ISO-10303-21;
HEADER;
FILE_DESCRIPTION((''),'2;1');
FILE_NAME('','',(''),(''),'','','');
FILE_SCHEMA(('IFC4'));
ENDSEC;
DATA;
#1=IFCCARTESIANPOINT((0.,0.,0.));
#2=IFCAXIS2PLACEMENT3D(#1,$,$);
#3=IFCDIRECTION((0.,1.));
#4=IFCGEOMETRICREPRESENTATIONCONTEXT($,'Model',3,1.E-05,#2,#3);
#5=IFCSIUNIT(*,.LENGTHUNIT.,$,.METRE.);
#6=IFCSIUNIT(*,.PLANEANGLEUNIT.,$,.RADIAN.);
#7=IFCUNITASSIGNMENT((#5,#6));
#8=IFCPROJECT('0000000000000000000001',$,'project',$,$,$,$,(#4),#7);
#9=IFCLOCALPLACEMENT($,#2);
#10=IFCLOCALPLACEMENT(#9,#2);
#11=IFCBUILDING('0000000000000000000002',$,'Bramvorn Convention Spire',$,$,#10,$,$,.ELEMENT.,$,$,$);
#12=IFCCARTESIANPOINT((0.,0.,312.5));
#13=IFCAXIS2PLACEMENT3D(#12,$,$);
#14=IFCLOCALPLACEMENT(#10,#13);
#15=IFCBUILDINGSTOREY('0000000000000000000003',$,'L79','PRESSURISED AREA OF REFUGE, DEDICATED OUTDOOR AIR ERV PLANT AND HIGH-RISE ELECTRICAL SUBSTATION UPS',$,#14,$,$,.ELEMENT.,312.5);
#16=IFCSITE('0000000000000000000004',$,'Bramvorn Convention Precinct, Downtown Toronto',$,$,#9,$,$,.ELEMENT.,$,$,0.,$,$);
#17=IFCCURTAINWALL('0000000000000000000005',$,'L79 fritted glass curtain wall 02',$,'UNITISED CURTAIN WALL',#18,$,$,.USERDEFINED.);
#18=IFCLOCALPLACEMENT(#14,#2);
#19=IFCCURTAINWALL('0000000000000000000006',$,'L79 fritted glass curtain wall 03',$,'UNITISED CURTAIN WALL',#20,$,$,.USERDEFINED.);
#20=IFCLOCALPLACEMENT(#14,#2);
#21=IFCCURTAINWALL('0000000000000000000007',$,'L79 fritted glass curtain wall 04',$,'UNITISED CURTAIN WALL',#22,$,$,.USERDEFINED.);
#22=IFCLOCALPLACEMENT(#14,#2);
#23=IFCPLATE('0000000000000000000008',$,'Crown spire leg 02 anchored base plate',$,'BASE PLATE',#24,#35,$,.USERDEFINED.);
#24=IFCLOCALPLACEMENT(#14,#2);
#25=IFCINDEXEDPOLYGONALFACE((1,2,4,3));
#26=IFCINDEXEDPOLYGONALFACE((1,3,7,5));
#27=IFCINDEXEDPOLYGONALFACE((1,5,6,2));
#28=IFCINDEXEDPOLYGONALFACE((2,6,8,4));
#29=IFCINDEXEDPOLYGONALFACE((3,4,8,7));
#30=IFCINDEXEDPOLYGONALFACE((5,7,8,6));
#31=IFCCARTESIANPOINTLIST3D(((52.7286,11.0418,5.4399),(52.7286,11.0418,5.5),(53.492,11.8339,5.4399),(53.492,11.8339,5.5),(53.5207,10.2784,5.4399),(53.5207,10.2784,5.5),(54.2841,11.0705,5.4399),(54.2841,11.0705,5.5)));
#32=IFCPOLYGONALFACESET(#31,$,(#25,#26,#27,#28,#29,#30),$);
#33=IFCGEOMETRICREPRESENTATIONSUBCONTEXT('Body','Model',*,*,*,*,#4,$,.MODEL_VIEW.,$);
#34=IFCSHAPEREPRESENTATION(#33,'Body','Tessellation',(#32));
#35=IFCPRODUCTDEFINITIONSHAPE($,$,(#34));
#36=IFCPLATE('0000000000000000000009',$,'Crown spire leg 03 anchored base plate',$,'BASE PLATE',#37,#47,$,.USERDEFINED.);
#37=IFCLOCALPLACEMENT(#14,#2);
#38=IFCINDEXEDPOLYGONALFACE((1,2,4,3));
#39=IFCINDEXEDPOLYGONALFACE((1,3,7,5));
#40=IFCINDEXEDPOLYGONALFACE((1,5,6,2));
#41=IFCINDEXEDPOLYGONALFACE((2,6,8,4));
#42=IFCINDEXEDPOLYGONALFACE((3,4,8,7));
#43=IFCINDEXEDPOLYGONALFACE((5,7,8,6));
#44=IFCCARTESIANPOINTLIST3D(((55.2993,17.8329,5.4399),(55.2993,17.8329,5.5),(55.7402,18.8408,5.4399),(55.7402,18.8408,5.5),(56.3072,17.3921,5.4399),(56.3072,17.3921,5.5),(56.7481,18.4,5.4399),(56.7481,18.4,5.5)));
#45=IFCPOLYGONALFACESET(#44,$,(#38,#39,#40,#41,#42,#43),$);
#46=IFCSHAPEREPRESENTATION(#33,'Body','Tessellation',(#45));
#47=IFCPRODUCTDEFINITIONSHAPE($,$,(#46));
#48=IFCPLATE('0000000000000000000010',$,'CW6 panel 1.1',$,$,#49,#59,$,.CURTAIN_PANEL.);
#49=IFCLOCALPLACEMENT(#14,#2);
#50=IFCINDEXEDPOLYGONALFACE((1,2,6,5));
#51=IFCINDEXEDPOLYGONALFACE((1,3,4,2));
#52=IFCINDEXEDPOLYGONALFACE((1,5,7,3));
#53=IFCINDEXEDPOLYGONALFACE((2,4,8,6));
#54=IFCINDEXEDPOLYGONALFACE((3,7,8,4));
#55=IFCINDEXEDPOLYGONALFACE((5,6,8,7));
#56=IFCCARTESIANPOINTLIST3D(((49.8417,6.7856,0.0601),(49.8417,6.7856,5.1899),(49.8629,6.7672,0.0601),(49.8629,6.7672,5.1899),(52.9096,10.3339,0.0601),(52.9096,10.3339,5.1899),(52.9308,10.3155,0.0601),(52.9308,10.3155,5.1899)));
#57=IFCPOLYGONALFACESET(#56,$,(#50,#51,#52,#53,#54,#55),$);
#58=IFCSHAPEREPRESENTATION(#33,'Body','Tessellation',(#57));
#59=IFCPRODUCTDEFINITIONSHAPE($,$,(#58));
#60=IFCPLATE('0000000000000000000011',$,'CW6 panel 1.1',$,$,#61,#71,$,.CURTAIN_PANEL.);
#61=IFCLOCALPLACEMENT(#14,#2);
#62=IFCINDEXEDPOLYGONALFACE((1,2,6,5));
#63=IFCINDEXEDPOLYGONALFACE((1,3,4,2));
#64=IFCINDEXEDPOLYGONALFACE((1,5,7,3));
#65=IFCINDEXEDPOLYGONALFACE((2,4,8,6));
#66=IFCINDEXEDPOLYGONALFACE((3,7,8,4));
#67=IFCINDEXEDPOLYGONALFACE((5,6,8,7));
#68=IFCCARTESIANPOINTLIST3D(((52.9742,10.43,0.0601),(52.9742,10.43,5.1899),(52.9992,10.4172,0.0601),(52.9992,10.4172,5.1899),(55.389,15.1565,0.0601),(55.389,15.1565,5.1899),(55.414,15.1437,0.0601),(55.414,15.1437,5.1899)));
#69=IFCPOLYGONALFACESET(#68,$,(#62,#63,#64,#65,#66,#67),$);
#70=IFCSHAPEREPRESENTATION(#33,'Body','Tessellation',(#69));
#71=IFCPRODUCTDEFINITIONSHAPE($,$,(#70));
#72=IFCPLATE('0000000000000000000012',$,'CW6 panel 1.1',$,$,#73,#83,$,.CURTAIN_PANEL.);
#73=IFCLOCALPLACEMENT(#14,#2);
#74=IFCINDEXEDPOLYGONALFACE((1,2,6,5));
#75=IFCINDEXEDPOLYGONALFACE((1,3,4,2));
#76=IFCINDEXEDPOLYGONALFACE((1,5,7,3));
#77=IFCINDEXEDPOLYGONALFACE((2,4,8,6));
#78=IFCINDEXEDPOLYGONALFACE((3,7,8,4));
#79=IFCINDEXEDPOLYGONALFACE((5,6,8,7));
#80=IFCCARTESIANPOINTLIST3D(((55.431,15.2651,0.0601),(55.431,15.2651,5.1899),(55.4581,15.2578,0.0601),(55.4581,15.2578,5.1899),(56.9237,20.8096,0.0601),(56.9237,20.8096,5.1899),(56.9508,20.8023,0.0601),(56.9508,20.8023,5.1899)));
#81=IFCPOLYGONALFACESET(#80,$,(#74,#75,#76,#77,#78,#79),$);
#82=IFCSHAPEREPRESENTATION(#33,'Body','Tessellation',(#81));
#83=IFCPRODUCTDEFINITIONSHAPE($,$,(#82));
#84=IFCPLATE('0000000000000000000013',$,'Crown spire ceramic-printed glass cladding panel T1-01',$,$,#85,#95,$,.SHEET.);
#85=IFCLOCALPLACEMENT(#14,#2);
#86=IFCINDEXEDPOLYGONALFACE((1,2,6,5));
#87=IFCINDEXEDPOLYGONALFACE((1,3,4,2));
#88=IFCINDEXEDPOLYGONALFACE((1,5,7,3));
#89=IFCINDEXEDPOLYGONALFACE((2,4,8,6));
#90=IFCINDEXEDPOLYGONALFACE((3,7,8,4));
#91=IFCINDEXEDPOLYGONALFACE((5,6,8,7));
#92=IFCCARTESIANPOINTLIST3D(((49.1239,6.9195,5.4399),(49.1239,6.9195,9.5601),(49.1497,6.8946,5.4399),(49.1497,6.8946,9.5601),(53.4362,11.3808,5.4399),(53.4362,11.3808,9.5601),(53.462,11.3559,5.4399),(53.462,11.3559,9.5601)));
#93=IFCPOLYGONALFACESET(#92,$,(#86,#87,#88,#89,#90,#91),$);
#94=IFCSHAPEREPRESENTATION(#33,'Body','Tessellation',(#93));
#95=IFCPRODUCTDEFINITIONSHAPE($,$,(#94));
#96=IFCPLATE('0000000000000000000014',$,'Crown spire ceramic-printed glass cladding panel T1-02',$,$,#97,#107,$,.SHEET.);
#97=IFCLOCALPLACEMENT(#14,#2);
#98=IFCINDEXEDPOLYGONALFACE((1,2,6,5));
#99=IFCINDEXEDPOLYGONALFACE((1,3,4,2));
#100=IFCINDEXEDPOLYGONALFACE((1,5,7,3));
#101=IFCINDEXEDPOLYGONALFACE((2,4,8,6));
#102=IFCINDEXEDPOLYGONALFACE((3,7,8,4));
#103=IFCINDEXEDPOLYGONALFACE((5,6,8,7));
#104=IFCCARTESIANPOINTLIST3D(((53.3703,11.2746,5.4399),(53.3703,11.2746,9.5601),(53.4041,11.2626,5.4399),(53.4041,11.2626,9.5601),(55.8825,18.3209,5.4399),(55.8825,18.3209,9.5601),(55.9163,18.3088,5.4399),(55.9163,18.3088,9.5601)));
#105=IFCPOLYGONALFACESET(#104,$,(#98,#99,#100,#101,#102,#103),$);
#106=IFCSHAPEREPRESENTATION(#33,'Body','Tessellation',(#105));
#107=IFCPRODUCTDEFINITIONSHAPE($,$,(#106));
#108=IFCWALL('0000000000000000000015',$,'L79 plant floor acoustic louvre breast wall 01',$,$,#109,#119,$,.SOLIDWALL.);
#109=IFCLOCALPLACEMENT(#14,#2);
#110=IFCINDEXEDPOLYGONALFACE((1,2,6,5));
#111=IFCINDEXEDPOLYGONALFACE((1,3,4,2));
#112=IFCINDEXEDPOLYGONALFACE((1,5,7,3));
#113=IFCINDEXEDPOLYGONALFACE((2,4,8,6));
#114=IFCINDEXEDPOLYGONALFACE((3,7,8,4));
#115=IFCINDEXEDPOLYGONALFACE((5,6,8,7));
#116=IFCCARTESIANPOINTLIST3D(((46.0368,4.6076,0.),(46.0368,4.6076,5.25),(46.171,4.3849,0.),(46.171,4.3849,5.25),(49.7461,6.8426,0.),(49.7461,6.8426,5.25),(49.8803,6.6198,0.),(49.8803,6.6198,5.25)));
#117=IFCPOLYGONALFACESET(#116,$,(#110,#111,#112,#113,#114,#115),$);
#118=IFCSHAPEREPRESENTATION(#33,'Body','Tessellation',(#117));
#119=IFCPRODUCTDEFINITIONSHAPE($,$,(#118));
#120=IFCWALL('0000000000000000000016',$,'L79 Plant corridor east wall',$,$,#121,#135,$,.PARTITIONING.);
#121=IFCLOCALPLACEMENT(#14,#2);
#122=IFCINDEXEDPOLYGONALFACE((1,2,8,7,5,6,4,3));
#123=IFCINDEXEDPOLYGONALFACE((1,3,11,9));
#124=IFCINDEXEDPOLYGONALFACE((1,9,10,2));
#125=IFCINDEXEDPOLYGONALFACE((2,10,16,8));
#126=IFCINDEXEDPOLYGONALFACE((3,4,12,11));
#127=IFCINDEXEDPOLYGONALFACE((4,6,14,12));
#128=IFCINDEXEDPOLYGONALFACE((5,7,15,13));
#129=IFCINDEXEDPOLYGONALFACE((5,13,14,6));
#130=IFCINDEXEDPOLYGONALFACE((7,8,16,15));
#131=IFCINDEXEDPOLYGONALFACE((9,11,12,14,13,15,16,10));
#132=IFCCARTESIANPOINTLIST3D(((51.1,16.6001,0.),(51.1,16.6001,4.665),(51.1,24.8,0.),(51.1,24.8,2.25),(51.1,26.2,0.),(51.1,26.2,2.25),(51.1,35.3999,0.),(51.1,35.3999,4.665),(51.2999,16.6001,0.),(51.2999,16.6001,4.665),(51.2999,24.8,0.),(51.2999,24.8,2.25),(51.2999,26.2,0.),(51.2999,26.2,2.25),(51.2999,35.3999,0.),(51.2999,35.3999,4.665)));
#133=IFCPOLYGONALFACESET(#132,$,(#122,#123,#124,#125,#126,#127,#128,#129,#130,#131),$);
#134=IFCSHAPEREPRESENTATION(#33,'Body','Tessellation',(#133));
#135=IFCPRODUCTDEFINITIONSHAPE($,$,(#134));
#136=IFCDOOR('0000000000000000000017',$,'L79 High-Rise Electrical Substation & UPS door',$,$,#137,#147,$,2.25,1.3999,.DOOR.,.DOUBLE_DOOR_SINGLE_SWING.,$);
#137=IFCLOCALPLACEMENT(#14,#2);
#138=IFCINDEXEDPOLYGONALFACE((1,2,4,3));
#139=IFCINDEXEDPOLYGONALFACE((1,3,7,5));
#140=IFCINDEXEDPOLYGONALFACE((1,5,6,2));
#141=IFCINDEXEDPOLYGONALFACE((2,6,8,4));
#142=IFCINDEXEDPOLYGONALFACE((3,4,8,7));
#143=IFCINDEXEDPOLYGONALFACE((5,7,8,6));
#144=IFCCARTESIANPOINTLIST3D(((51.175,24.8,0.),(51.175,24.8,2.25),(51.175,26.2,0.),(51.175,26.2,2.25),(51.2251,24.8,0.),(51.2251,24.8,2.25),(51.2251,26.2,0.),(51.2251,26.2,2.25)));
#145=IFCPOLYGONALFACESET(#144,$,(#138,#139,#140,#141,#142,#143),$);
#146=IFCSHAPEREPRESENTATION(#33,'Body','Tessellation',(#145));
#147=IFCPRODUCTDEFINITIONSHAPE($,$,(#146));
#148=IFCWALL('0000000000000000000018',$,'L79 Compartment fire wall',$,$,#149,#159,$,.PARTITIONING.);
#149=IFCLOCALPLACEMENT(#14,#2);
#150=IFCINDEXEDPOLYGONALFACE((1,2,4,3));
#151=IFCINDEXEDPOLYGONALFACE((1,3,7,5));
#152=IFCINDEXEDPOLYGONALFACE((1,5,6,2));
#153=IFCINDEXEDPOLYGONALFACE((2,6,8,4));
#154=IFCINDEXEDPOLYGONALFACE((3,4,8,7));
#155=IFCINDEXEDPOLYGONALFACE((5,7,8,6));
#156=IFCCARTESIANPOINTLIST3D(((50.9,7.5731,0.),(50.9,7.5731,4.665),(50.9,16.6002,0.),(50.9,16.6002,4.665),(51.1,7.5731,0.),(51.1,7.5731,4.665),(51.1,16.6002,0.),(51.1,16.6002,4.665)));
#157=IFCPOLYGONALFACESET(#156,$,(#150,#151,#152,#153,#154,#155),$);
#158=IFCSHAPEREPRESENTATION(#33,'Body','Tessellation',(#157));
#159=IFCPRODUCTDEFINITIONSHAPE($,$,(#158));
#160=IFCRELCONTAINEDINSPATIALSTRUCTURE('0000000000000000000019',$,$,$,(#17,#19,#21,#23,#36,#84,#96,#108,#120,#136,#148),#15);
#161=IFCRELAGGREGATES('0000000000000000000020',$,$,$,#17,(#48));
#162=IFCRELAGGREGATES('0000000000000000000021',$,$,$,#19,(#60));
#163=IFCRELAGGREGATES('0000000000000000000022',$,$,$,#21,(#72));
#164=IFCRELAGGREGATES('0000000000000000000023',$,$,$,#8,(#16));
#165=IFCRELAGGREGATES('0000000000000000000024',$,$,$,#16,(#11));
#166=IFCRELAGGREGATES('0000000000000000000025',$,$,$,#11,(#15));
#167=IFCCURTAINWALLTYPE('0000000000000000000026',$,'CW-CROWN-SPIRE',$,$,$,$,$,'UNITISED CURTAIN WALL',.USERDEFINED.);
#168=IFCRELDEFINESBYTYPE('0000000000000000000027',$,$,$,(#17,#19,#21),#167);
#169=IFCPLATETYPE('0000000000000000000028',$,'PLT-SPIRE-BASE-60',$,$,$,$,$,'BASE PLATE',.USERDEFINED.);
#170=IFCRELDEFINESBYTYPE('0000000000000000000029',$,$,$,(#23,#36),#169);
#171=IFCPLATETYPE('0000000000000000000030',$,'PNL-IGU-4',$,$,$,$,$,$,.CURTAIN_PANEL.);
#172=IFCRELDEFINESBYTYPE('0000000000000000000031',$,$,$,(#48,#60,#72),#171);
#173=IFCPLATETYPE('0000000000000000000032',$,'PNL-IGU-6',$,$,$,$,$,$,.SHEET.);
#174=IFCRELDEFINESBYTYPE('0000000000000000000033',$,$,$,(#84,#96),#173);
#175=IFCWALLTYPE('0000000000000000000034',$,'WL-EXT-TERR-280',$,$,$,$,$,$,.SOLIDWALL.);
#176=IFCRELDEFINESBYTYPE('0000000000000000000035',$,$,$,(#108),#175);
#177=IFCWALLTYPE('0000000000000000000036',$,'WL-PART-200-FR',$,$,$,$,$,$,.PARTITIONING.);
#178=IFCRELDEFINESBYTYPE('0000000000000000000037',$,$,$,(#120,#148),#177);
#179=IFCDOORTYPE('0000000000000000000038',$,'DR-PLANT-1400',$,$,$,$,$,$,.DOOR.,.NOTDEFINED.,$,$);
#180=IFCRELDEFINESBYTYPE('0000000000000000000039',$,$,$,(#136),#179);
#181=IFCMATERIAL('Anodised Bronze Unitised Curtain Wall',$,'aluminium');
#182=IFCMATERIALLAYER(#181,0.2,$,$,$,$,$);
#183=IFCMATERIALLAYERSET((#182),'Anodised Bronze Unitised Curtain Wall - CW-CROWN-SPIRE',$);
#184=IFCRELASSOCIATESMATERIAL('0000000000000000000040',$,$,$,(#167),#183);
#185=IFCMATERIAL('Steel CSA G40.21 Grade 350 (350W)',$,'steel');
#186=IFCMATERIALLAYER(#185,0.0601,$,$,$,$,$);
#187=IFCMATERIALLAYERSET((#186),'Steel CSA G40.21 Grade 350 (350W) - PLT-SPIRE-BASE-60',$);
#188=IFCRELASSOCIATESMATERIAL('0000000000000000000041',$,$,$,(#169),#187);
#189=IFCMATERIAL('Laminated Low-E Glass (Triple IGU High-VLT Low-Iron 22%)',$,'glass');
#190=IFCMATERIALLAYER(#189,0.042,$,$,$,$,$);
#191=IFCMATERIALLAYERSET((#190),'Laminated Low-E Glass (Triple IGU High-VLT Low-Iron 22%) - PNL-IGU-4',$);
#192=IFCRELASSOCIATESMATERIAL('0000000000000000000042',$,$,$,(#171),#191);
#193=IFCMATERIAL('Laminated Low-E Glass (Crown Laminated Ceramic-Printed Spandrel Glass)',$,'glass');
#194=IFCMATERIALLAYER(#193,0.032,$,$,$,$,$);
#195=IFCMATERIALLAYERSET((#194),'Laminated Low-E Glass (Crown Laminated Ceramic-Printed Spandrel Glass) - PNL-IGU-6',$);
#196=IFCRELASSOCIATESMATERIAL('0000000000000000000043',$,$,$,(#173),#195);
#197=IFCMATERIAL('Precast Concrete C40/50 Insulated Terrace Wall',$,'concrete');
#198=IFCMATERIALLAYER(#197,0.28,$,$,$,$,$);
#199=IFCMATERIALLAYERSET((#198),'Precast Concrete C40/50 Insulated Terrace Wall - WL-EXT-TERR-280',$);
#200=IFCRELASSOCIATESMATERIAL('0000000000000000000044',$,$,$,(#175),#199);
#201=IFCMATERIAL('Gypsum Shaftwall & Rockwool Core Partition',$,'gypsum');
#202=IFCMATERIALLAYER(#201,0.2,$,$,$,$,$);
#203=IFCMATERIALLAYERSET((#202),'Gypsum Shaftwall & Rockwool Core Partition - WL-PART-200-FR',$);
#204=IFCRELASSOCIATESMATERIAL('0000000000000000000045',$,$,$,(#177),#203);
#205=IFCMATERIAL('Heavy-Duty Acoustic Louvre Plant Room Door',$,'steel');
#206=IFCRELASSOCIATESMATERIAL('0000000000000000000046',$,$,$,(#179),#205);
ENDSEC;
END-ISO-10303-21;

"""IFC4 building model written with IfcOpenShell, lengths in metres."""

from ifc_helpers import new_model, si_unit, direction, frame, frame_2d, origin, origin_2d, place, context, subcontext, project, spatial, rectangle, extrude, material, layer, layer_set, type_object, element, fill, aggregate, save


model = new_model("IFC4")

# Units and contexts
model_context = context("Model", 3, precision=1e-05, world=origin(), true_north=direction((0.0, 1.0)))
body_context = subcontext(model_context, "Body", "Model", "MODEL_VIEW")
ifc_project = project(units=[si_unit("LENGTHUNIT", "METRE"), si_unit("PLANEANGLEUNIT", "RADIAN")], contexts=[model_context])

# Site, building, storey
site_placement = place(None, origin())
site = spatial("IfcSite", under=ifc_project, at=site_placement, Name="Bramvorn Convention Precinct, Downtown Toronto", CompositionType="ELEMENT", RefElevation=0.0)
building_placement = place(site_placement, origin())
building = spatial("IfcBuilding", under=site, at=building_placement, Name="Bramvorn Convention Spire", CompositionType="ELEMENT")
storey_placement = place(building_placement, frame((0.0, 0.0, 312.5)))
storey = spatial("IfcBuildingStorey", under=building, at=storey_placement, Name="L79", Description="PRESSURISED AREA OF REFUGE, DEDICATED OUTDOOR AIR ERV PLANT AND HIGH-RISE ELECTRICAL SUBSTATION UPS", CompositionType="ELEMENT", Elevation=312.5)

# Shared definitions
ifc_material_1 = material(Name="Steel CSA G40.21 Grade 350 (350W)", Category="steel")

# Curtain walls
ifc_material_2 = material(Name="Anodised Bronze Unitised Curtain Wall", Category="aluminium")
ifc_layer_1 = layer(ifc_material_2, 0.2)
ifc_layer_set_1 = layer_set([ifc_layer_1], Name="Anodised Bronze Unitised Curtain Wall - CW-CROWN-SPIRE")
curtain_wall_type = type_object("IfcCurtainWallType", Name="CW-CROWN-SPIRE", ElementType="UNITISED CURTAIN WALL", PredefinedType="USERDEFINED", material=ifc_layer_set_1)
curtain_wall_1_placement = place(storey_placement, origin())
curtain_wall_1 = element("IfcCurtainWall", 1, at=curtain_wall_1_placement, inside=storey, type_object=curtain_wall_type, Name="L79 fritted glass curtain wall 02", ObjectType="UNITISED CURTAIN WALL", PredefinedType="USERDEFINED")
curtain_wall_2_placement = place(storey_placement, origin())
curtain_wall_2 = element("IfcCurtainWall", 2, at=curtain_wall_2_placement, inside=storey, type_object=curtain_wall_type, Name="L79 fritted glass curtain wall 03", ObjectType="UNITISED CURTAIN WALL", PredefinedType="USERDEFINED")

# Curtain wall
curtain_wall_3_placement = place(storey_placement, origin())
curtain_wall_3 = element("IfcCurtainWall", 3, at=curtain_wall_3_placement, inside=storey, type_object=curtain_wall_type, Name="L79 fritted glass curtain wall 04", ObjectType="UNITISED CURTAIN WALL", PredefinedType="USERDEFINED")

# Plates
ifc_layer_2 = layer(ifc_material_1, 0.0601)
ifc_layer_set_2 = layer_set([ifc_layer_2], Name="Steel CSA G40.21 Grade 350 (350W) - PLT-SPIRE-BASE-60")
plate_type_1 = type_object("IfcPlateType", Name="PLT-SPIRE-BASE-60", ElementType="BASE PLATE", PredefinedType="USERDEFINED", material=ifc_layer_set_2)
for number, where, z_axis, x_axis, name in (
    (4, (53.5063, 11.0562, 5.4399), (0.0, 0.0, 1.0), (0.720048, -0.693924, 0.0), "Crown spire leg 02 anchored base plate"),
    (5, (56.0237, 18.1165, 5.4399), (0.0, 0.0, 1.0), (0.916192, -0.400739, 0.0), "Crown spire leg 03 anchored base plate"),
):
    element("IfcPlate", number, at=place(storey_placement, frame(where, z_axis=z_axis, x_axis=x_axis)), inside=storey, type_object=plate_type_1, Name=name, ObjectType="BASE PLATE", PredefinedType="USERDEFINED", context=body_context, shape_type="SweptSolid", body=[
        extrude(rectangle(XDim=1.1001, YDim=1.1001, at=origin_2d()), origin(), (0.0, 0.0, 1.0), 0.0601),
    ])

# Plates
ifc_material_3 = material(Name="Laminated Low-E Glass (Triple IGU High-VLT Low-Iron 22%)", Category="glass")
ifc_layer_3 = layer(ifc_material_3, 0.042)
ifc_layer_set_3 = layer_set([ifc_layer_3], Name="Laminated Low-E Glass (Triple IGU High-VLT Low-Iron 22%) - PNL-IGU-4")
plate_type_2 = type_object("IfcPlateType", Name="PNL-IGU-4", PredefinedType="CURTAIN_PANEL", material=ifc_layer_set_3)
plate_1_placement = place(storey_placement, frame((51.3862, 8.5505, 0.0601), z_axis=(0.0, 0.0, 1.0), x_axis=(-0.65404, -0.75646, 0.0)))
plate_1 = element("IfcPlate", 6, at=plate_1_placement, type_object=plate_type_2, Name="CW6 panel 1.1", PredefinedType="CURTAIN_PANEL", context=body_context, shape_type="SweptSolid", body=[
    extrude(rectangle(XDim=4.6907, YDim=0.0281, at=origin_2d()), origin(), (0.0, 0.0, 1.0), 5.1299),
])
aggregate(curtain_wall_1, [plate_1])
plate_2_placement = place(storey_placement, frame((54.1941, 12.7869, 0.0601), z_axis=(0.0, 0.0, 1.0), x_axis=(-0.454964, -0.89051, 0.0)))
plate_2 = element("IfcPlate", 7, at=plate_2_placement, type_object=plate_type_2, Name="CW6 panel 1.1", PredefinedType="CURTAIN_PANEL", context=body_context, shape_type="SweptSolid", body=[
    extrude(rectangle(XDim=5.3076, YDim=0.0281, at=origin_2d()), origin(), (0.0, 0.0, 1.0), 5.1299),
])
aggregate(curtain_wall_2, [plate_2])
plate_3_placement = place(storey_placement, frame((56.1909, 18.0337, 0.0601), z_axis=(0.0, 0.0, 1.0), x_axis=(-0.259965, -0.965618, 0.0)))
plate_3 = element("IfcPlate", 8, at=plate_3_placement, type_object=plate_type_2, Name="CW6 panel 1.1", PredefinedType="CURTAIN_PANEL", context=body_context, shape_type="SweptSolid", body=[
    extrude(rectangle(XDim=5.7419, YDim=0.0281, at=origin_2d()), origin(), (0.0, 0.0, 1.0), 5.1299),
])
aggregate(curtain_wall_3, [plate_3])

# Plates
ifc_material_4 = material(Name="Laminated Low-E Glass (Crown Laminated Ceramic-Printed Spandrel Glass)", Category="glass")
ifc_layer_4 = layer(ifc_material_4, 0.032)
ifc_layer_set_4 = layer_set([ifc_layer_4], Name="Laminated Low-E Glass (Crown Laminated Ceramic-Printed Spandrel Glass) - PNL-IGU-6")
plate_type_3 = type_object("IfcPlateType", Name="PNL-IGU-6", PredefinedType="SHEET", material=ifc_layer_set_4)
plate_4_placement = place(storey_placement, frame((51.293, 9.1377, 5.4399), z_axis=(0.0, 0.0, 1.0), x_axis=(0.694999, 0.71901, 0.0)))
element("IfcPlate", 9, at=plate_4_placement, inside=storey, type_object=plate_type_3, Name="Crown spire ceramic-printed glass cladding panel T1-01", PredefinedType="SHEET", context=body_context, shape_type="SweptSolid", body=[
    extrude(rectangle(XDim=6.2048, YDim=0.0359, at=origin_2d()), origin(), (0.0, 0.0, 1.0), 4.1201),
])
plate_5_placement = place(storey_placement, frame((54.6433, 14.7917, 5.4399), z_axis=(0.0, 0.0, 1.0), x_axis=(0.335831, 0.941922, 0.0)))
element("IfcPlate", 10, at=plate_5_placement, inside=storey, type_object=plate_type_3, Name="Crown spire ceramic-printed glass cladding panel T1-02", PredefinedType="SHEET", context=body_context, shape_type="SweptSolid", body=[
    extrude(rectangle(XDim=7.4807, YDim=0.0359, at=origin_2d()), origin(), (0.0, 0.0, 1.0), 4.1201),
])

# Wall
ifc_material_5 = material(Name="Precast Concrete C40/50 Insulated Terrace Wall", Category="concrete")
ifc_layer_5 = layer(ifc_material_5, 0.28)
ifc_layer_set_5 = layer_set([ifc_layer_5], Name="Precast Concrete C40/50 Insulated Terrace Wall - WL-EXT-TERR-280")
wall_type_1 = type_object("IfcWallType", Name="WL-EXT-TERR-280", PredefinedType="SOLIDWALL", material=ifc_layer_set_5)
wall_1_placement = place(storey_placement, frame((49.8132, 6.7312, 0.0), z_axis=(0.0, 0.0, 1.0), x_axis=(-0.856541, -0.516078, 0.0)))
element("IfcWall", 11, at=wall_1_placement, inside=storey, type_object=wall_type_1, Name="L79 plant floor acoustic louvre breast wall 01", PredefinedType="SOLIDWALL", context=body_context, shape_type="SweptSolid", body=[
    extrude(rectangle(XDim=4.3306, YDim=0.26, at=frame_2d((2.1653, 0.0))), origin(), (0.0, 0.0, 1.0), 5.25),
])

# Wall, opening, door
ifc_material_6 = material(Name="Gypsum Shaftwall & Rockwool Core Partition", Category="gypsum")
ifc_layer_6 = layer(ifc_material_6, 0.2)
ifc_layer_set_6 = layer_set([ifc_layer_6], Name="Gypsum Shaftwall & Rockwool Core Partition - WL-PART-200-FR")
wall_type_2 = type_object("IfcWallType", Name="WL-PART-200-FR", PredefinedType="PARTITIONING", material=ifc_layer_set_6)
wall_2_placement = place(storey_placement, frame((51.2, 16.6001, 0.0), z_axis=(0.0, 0.0, 1.0), x_axis=(0.0, 1.0, 0.0)))
wall_2 = element("IfcWall", 12, at=wall_2_placement, inside=storey, type_object=wall_type_2, Name="L79 Plant corridor east wall", PredefinedType="PARTITIONING", context=body_context, shape_type="SweptSolid", body=[
    extrude(rectangle(XDim=18.7998, YDim=0.2, at=frame_2d((9.3999, 0.0))), origin(), (0.0, 0.0, 1.0), 4.665),
])
opening_placement = place(wall_2_placement, frame((8.2, 0.0, 0.0)))
opening = element("IfcOpeningElement", 13, at=opening_placement, cuts=wall_2, PredefinedType="OPENING", context=body_context, shape_type="SweptSolid", body=[
    extrude(rectangle(XDim=1.3999, YDim=2.25, at=frame_2d((0.7, 1.125))), frame((0.0, 0.1099, 0.0), z_axis=(0.0, -1.0, 0.0), x_axis=(1.0, 0.0, 0.0)), (0.0, 0.0, 1.0), 0.22),
])
ifc_material_7 = material(Name="Heavy-Duty Acoustic Louvre Plant Room Door", Category="steel")
door_type = type_object("IfcDoorType", Name="DR-PLANT-1400", OperationType="NOTDEFINED", PredefinedType="DOOR", material=ifc_material_7)
door_placement = place(opening_placement, origin())
door = element("IfcDoor", 14, at=door_placement, inside=storey, type_object=door_type, Name="L79 High-Rise Electrical Substation & UPS door", OperationType="DOUBLE_DOOR_SINGLE_SWING", OverallHeight=2.25, OverallWidth=1.3999, PredefinedType="DOOR", context=body_context, shape_type="SweptSolid", body=[
    extrude(rectangle(XDim=1.3999, YDim=2.25, at=frame_2d((0.7, 1.125))), frame((0.0, 0.0249, 0.0), z_axis=(0.0, -1.0, 0.0), x_axis=(1.0, 0.0, 0.0)), (0.0, 0.0, 1.0), 0.05),
])
fill(opening, door)

# Wall
wall_3_placement = place(storey_placement, frame((51.0, 7.573, 0.0), z_axis=(0.0, 0.0, 1.0), x_axis=(0.0, 1.0, 0.0)))
element("IfcWall", 15, at=wall_3_placement, inside=storey, type_object=wall_type_2, Name="L79 Compartment fire wall", PredefinedType="PARTITIONING", context=body_context, shape_type="SweptSolid", body=[
    extrude(rectangle(XDim=9.0271, YDim=0.2, at=frame_2d((4.5137, 0.0))), origin(), (0.0, 0.0, 1.0), 4.665),
])

save(model, "model.ifc")
